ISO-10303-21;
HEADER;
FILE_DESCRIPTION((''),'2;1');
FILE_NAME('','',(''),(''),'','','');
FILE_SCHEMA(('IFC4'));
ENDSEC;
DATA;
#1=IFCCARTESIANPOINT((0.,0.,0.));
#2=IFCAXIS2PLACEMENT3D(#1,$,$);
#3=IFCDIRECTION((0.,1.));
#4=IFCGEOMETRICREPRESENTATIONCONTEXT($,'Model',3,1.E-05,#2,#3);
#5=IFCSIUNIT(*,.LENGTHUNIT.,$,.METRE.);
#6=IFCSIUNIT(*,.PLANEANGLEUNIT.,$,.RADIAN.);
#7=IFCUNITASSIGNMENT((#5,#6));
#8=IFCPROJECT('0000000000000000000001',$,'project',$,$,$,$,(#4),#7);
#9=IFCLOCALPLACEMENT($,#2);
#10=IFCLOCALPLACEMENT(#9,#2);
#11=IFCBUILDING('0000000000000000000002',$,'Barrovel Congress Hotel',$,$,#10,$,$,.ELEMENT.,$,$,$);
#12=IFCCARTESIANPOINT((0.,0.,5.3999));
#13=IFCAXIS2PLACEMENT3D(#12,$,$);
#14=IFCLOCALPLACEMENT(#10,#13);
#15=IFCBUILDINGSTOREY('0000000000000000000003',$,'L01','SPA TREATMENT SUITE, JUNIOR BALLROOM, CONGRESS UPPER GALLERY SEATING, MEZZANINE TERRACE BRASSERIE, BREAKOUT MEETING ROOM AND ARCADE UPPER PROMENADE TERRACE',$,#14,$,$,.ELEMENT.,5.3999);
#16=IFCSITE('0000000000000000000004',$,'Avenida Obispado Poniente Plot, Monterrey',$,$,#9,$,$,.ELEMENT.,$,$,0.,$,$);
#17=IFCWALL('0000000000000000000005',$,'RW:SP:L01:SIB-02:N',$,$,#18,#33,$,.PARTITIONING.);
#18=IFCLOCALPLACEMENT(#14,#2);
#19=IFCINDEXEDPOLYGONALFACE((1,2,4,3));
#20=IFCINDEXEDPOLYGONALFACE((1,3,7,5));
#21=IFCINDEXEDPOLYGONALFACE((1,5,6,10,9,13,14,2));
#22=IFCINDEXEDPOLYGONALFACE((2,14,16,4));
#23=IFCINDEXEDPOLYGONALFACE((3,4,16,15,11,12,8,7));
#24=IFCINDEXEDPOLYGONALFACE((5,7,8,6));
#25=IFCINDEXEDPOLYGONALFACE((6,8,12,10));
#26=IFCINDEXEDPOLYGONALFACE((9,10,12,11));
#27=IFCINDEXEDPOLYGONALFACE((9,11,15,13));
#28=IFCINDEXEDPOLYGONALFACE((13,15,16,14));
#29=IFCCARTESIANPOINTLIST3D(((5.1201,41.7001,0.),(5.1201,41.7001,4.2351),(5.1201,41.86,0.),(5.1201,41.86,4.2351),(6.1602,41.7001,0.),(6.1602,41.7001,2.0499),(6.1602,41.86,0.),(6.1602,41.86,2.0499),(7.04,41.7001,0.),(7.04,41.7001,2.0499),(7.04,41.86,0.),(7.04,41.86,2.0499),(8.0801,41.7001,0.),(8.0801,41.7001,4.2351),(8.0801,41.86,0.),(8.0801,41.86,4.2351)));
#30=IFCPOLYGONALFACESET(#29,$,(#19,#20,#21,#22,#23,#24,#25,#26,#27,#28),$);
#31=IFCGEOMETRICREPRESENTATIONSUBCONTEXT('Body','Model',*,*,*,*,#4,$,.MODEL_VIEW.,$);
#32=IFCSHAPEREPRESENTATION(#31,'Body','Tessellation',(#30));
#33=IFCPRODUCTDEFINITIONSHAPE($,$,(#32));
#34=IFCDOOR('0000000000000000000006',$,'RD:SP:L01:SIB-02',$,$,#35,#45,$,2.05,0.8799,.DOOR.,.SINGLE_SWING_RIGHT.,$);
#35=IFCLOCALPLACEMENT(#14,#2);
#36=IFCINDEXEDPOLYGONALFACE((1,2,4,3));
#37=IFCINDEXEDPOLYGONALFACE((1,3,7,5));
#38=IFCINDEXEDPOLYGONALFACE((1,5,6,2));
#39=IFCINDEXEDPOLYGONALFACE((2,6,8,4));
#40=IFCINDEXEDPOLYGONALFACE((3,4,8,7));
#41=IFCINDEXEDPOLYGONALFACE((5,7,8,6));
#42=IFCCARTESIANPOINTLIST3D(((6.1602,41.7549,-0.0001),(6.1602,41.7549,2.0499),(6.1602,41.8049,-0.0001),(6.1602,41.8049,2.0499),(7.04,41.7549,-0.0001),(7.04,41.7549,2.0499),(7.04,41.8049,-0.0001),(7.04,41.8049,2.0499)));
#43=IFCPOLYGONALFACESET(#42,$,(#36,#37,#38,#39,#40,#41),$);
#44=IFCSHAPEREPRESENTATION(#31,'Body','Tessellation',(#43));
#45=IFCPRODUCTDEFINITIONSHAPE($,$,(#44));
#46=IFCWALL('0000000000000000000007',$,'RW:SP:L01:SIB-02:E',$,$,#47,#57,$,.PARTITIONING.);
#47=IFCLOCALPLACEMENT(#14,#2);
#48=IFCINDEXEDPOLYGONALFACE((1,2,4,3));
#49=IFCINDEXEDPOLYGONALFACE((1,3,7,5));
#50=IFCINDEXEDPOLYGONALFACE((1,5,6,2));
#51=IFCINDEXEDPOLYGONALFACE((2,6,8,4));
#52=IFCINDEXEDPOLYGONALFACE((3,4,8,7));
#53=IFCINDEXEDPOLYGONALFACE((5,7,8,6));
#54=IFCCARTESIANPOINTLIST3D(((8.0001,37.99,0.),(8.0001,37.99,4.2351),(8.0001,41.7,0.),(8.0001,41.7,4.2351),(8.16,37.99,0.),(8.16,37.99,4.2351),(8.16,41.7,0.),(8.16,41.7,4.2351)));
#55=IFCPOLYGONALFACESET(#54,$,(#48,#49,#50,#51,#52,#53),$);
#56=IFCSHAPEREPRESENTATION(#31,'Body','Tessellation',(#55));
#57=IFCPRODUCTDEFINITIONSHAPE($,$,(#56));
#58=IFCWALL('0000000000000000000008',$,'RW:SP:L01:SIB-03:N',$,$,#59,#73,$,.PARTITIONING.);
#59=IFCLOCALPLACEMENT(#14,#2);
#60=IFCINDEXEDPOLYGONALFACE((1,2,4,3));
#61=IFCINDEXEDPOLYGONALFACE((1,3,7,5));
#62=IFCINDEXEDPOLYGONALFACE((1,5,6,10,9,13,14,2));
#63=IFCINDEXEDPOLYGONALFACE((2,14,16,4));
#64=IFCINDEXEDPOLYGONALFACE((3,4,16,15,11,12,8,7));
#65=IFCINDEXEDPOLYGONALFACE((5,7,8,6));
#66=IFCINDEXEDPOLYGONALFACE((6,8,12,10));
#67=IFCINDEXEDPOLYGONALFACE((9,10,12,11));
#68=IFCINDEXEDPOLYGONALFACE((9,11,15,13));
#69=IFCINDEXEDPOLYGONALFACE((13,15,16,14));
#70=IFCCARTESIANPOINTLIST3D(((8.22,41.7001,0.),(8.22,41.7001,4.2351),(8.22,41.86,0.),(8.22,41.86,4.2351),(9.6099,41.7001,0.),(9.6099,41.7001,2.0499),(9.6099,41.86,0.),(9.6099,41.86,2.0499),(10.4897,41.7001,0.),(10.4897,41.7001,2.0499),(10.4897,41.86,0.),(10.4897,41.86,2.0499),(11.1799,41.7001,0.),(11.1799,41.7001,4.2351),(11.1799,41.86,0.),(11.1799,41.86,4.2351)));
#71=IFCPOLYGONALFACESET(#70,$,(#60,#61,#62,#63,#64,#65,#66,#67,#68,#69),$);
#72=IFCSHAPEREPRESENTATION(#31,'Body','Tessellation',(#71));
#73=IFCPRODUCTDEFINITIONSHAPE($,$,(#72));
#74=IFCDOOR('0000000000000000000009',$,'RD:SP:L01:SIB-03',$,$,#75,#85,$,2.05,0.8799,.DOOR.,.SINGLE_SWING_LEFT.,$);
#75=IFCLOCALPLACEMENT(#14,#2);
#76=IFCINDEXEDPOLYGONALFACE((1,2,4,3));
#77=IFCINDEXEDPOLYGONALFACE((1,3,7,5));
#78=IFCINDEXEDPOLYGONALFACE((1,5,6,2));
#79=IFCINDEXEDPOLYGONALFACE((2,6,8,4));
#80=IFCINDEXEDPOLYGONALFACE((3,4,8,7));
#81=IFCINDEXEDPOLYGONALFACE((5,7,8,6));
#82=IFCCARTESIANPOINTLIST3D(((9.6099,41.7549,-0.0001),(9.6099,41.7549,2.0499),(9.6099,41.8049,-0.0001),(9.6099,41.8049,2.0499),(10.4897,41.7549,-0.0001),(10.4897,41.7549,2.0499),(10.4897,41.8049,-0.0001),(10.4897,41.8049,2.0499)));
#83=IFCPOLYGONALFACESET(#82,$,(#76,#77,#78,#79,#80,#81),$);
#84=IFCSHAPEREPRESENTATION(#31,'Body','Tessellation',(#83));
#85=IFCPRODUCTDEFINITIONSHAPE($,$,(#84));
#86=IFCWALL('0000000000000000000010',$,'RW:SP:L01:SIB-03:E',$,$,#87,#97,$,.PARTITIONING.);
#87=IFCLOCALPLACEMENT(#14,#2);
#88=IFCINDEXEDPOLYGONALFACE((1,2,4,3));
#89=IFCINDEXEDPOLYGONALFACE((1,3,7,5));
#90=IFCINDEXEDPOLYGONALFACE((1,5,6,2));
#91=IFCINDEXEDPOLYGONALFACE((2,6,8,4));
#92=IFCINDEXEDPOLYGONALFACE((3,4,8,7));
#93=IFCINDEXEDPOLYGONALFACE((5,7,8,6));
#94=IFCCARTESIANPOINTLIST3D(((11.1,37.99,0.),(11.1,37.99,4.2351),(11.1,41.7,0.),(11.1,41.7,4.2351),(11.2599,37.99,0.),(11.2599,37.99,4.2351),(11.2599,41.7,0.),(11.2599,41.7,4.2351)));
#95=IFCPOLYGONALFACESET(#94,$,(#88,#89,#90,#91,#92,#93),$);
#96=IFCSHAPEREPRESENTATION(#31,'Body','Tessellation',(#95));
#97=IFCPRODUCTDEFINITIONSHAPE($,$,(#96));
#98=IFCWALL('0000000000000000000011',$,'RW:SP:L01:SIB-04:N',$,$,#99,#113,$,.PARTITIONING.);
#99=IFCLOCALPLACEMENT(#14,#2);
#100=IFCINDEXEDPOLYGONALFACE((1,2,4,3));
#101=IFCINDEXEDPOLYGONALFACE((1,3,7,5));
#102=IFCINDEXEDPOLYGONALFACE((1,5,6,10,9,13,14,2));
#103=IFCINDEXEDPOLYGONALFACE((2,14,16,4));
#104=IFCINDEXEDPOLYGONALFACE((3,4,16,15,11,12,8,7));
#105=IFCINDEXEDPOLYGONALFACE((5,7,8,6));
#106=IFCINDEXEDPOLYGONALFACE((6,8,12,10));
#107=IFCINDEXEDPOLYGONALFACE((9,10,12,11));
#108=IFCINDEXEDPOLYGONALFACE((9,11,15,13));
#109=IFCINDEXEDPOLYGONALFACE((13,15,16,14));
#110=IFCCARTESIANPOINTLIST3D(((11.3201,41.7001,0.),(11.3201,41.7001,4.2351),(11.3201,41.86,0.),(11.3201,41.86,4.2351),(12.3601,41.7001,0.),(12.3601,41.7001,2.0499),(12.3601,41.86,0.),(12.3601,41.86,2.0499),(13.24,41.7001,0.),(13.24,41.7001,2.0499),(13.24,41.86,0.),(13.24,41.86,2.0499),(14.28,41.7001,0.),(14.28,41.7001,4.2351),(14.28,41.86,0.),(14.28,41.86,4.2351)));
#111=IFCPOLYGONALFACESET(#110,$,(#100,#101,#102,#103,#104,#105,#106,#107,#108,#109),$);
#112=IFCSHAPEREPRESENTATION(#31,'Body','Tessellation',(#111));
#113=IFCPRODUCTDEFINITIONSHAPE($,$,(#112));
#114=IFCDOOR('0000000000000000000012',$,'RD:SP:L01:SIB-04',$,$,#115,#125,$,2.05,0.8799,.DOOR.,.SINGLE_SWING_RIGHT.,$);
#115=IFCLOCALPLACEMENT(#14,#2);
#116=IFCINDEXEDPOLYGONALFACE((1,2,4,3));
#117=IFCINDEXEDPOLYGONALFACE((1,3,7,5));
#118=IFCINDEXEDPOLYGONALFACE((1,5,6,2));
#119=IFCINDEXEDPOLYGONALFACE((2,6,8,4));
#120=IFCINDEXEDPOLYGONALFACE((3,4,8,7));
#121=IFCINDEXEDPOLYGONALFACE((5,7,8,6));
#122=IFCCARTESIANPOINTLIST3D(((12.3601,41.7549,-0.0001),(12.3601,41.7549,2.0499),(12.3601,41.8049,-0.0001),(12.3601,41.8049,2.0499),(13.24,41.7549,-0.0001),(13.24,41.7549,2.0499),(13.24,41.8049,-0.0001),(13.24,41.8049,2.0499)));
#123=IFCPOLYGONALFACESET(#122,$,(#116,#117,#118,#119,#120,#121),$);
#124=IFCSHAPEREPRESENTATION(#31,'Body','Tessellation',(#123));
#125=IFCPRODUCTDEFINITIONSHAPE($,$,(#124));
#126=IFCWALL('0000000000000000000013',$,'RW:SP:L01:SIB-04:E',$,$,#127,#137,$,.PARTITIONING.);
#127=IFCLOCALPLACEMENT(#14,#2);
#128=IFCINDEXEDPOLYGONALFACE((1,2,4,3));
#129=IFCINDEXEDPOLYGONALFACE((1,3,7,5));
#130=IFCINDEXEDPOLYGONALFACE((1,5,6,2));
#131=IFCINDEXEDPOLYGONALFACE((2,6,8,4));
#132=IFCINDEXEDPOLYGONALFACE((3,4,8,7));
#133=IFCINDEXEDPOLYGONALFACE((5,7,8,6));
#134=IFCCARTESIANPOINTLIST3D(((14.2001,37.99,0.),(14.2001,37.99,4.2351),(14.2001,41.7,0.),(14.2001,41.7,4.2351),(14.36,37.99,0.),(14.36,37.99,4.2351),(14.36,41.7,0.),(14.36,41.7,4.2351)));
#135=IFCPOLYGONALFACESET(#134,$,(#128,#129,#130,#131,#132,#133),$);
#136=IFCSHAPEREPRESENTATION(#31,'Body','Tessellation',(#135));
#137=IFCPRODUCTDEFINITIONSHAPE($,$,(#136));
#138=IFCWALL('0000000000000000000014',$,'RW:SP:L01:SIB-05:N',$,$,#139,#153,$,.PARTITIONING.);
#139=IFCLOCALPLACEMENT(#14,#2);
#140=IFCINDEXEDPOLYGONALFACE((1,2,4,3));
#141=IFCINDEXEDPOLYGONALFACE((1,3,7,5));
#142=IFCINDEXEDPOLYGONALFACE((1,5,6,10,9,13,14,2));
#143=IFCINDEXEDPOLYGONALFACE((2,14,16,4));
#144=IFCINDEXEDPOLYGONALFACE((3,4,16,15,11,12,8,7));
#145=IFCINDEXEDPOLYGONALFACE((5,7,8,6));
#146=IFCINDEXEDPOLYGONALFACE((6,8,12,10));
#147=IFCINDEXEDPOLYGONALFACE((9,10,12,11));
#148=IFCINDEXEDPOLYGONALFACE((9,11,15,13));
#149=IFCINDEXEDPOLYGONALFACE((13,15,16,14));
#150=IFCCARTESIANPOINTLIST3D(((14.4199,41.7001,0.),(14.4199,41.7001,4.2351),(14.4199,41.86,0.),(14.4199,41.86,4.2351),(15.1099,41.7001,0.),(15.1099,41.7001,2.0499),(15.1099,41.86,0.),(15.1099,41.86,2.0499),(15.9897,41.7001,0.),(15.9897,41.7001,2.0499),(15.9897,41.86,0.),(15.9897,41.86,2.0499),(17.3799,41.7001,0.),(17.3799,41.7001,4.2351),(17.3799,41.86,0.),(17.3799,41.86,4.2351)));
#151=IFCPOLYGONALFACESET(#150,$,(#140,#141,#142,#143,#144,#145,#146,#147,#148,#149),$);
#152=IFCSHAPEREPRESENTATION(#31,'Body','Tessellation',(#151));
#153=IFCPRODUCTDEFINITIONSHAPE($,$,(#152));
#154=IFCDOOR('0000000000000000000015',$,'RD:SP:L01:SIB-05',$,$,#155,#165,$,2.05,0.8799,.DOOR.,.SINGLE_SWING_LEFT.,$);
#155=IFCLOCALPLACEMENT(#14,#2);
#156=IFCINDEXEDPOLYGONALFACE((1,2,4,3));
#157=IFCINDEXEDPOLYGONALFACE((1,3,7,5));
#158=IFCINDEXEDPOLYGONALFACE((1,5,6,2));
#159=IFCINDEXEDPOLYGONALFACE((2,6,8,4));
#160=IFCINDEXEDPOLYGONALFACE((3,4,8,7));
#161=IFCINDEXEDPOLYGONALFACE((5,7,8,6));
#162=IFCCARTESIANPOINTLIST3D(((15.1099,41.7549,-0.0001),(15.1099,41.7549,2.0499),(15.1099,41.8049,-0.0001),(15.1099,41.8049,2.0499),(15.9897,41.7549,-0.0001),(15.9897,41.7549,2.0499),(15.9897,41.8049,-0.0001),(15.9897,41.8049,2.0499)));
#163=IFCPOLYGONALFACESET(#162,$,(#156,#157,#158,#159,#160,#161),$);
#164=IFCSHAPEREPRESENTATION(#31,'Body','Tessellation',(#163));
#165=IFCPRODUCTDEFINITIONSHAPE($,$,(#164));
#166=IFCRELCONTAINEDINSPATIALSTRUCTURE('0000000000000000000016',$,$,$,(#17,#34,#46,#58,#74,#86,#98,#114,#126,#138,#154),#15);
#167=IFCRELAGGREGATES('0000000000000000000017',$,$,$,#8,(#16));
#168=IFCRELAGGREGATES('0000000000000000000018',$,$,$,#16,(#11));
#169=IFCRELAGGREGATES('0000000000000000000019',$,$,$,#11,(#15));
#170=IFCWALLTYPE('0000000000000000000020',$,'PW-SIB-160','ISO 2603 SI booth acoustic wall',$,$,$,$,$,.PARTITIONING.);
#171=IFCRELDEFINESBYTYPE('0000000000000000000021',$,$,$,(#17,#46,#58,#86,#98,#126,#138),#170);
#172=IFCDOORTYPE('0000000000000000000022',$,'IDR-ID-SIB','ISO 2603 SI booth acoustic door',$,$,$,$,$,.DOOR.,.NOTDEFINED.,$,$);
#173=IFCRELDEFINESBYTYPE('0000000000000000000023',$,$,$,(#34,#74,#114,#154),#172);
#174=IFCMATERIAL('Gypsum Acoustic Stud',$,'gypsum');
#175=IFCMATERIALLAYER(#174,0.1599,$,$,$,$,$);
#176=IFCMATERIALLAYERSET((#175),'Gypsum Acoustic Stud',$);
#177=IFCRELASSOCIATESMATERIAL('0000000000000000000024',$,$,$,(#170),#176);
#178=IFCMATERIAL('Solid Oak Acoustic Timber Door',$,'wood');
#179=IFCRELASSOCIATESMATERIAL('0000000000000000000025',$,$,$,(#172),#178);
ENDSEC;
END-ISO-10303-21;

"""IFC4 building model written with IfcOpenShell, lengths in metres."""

from ifc_helpers import new_model, si_unit, direction, frame, frame_2d, origin, place, context, subcontext, project, spatial, rectangle, extrude, material, layer, layer_set, type_object, element, fill, save


model = new_model("IFC4")

# Units and contexts
model_context = context("Model", 3, precision=1e-05, world=origin(), true_north=direction((0.0, 1.0)))
body_context = subcontext(model_context, "Body", "Model", "MODEL_VIEW")
ifc_project = project(units=[si_unit("LENGTHUNIT", "METRE"), si_unit("PLANEANGLEUNIT", "RADIAN")], contexts=[model_context])

# Site, building, storey
site_placement = place(None, origin())
site = spatial("IfcSite", under=ifc_project, at=site_placement, Name="Avenida Obispado Poniente Plot, Monterrey", CompositionType="ELEMENT", RefElevation=0.0)
building_placement = place(site_placement, origin())
building = spatial("IfcBuilding", under=site, at=building_placement, Name="Barrovel Congress Hotel", CompositionType="ELEMENT")
storey_placement = place(building_placement, frame((0.0, 0.0, 5.3999)))
storey = spatial("IfcBuildingStorey", under=building, at=storey_placement, Name="L01", Description="SPA TREATMENT SUITE, JUNIOR BALLROOM, CONGRESS UPPER GALLERY SEATING, MEZZANINE TERRACE BRASSERIE, BREAKOUT MEETING ROOM AND ARCADE UPPER PROMENADE TERRACE", CompositionType="ELEMENT", Elevation=5.3999)

# Shared definitions
ifc_material_1 = material(Name="Gypsum Acoustic Stud", Category="gypsum")
ifc_layer_1 = layer(ifc_material_1, 0.1599)
ifc_layer_set_1 = layer_set([ifc_layer_1], Name="Gypsum Acoustic Stud")
wall_type_1 = type_object("IfcWallType", Name="PW-SIB-160", Description="ISO 2603 SI booth acoustic wall", PredefinedType="PARTITIONING", material=ifc_layer_set_1)
ifc_material_2 = material(Name="Solid Oak Acoustic Timber Door", Category="wood")
door_type = type_object("IfcDoorType", Name="IDR-ID-SIB", Description="ISO 2603 SI booth acoustic door", OperationType="NOTDEFINED", PredefinedType="DOOR", material=ifc_material_2)

# Wall, opening, door
wall_1_placement = place(storey_placement, frame((5.1201, 41.78, 0.0), z_axis=(0.0, 0.0, 1.0), x_axis=(1.0, 0.0, 0.0)))
wall_1 = element("IfcWall", 1, at=wall_1_placement, inside=storey, type_object=wall_type_1, Name="RW:SP:L01:SIB-02:N", PredefinedType="PARTITIONING", context=body_context, shape_type="SweptSolid", body=[
    extrude(rectangle(XDim=2.96, YDim=0.1599, at=frame_2d((1.48, 0.0))), origin(), (0.0, 0.0, 1.0), 4.2351),
])
opening_1_placement = place(wall_1_placement, frame((1.04, 0.0, 0.0)))
opening_1 = element("IfcOpeningElement", 2, at=opening_1_placement, cuts=wall_1, PredefinedType="OPENING", context=body_context, shape_type="SweptSolid", body=[
    extrude(rectangle(XDim=0.8799, YDim=2.05, at=frame_2d((0.4399, 1.0249))), frame((0.0, 0.0898, 0.0), z_axis=(0.0, -1.0, 0.0), x_axis=(1.0, 0.0, 0.0)), (0.0, 0.0, 1.0), 0.1799),
])
door_1_placement = place(opening_1_placement, origin())
door_1 = element("IfcDoor", 3, at=door_1_placement, inside=storey, type_object=door_type, Name="RD:SP:L01:SIB-02", OperationType="SINGLE_SWING_RIGHT", OverallHeight=2.05, OverallWidth=0.8799, PredefinedType="DOOR", context=body_context, shape_type="SweptSolid", body=[
    extrude(rectangle(XDim=0.8799, YDim=2.05, at=frame_2d((0.4399, 1.0249))), frame((0.0, 0.0249, 0.0), z_axis=(0.0, -1.0, 0.0), x_axis=(1.0, 0.0, 0.0)), (0.0, 0.0, 1.0), 0.05),
])
fill(opening_1, door_1)

# Wall
wall_2_placement = place(storey_placement, frame((8.0801, 37.99, 0.0), z_axis=(0.0, 0.0, 1.0), x_axis=(0.0, 1.0, 0.0)))
element("IfcWall", 4, at=wall_2_placement, inside=storey, type_object=wall_type_1, Name="RW:SP:L01:SIB-02:E", PredefinedType="PARTITIONING", context=body_context, shape_type="SweptSolid", body=[
    extrude(rectangle(XDim=3.71, YDim=0.1599, at=frame_2d((1.855, 0.0))), origin(), (0.0, 0.0, 1.0), 4.2351),
])

# Wall, opening, door
wall_3_placement = place(storey_placement, frame((8.22, 41.78, 0.0), z_axis=(0.0, 0.0, 1.0), x_axis=(1.0, 0.0, 0.0)))
wall_3 = element("IfcWall", 5, at=wall_3_placement, inside=storey, type_object=wall_type_1, Name="RW:SP:L01:SIB-03:N", PredefinedType="PARTITIONING", context=body_context, shape_type="SweptSolid", body=[
    extrude(rectangle(XDim=2.96, YDim=0.1599, at=frame_2d((1.48, 0.0))), origin(), (0.0, 0.0, 1.0), 4.2351),
])
opening_2_placement = place(wall_3_placement, frame((1.3899, 0.0, 0.0)))
opening_2 = element("IfcOpeningElement", 6, at=opening_2_placement, cuts=wall_3, PredefinedType="OPENING", context=body_context, shape_type="SweptSolid", body=[
    extrude(rectangle(XDim=0.8799, YDim=2.05, at=frame_2d((0.4399, 1.0249))), frame((0.0, 0.0898, 0.0), z_axis=(0.0, -1.0, 0.0), x_axis=(1.0, 0.0, 0.0)), (0.0, 0.0, 1.0), 0.1799),
])
door_2_placement = place(opening_2_placement, origin())
door_2 = element("IfcDoor", 7, at=door_2_placement, inside=storey, type_object=door_type, Name="RD:SP:L01:SIB-03", OperationType="SINGLE_SWING_LEFT", OverallHeight=2.05, OverallWidth=0.8799, PredefinedType="DOOR", context=body_context, shape_type="SweptSolid", body=[
    extrude(rectangle(XDim=0.8799, YDim=2.05, at=frame_2d((0.4399, 1.0249))), frame((0.0, 0.0249, 0.0), z_axis=(0.0, -1.0, 0.0), x_axis=(1.0, 0.0, 0.0)), (0.0, 0.0, 1.0), 0.05),
])
fill(opening_2, door_2)

# Wall
wall_4_placement = place(storey_placement, frame((11.1799, 37.99, 0.0), z_axis=(0.0, 0.0, 1.0), x_axis=(0.0, 1.0, 0.0)))
element("IfcWall", 8, at=wall_4_placement, inside=storey, type_object=wall_type_1, Name="RW:SP:L01:SIB-03:E", PredefinedType="PARTITIONING", context=body_context, shape_type="SweptSolid", body=[
    extrude(rectangle(XDim=3.71, YDim=0.1599, at=frame_2d((1.855, 0.0))), origin(), (0.0, 0.0, 1.0), 4.2351),
])

# Wall, opening, door
wall_5_placement = place(storey_placement, frame((11.3201, 41.78, 0.0), z_axis=(0.0, 0.0, 1.0), x_axis=(1.0, 0.0, 0.0)))
wall_5 = element("IfcWall", 9, at=wall_5_placement, inside=storey, type_object=wall_type_1, Name="RW:SP:L01:SIB-04:N", PredefinedType="PARTITIONING", context=body_context, shape_type="SweptSolid", body=[
    extrude(rectangle(XDim=2.96, YDim=0.1599, at=frame_2d((1.48, 0.0))), origin(), (0.0, 0.0, 1.0), 4.2351),
])
opening_3_placement = place(wall_5_placement, frame((1.04, 0.0, 0.0)))
opening_3 = element("IfcOpeningElement", 10, at=opening_3_placement, cuts=wall_5, PredefinedType="OPENING", context=body_context, shape_type="SweptSolid", body=[
    extrude(rectangle(XDim=0.8799, YDim=2.05, at=frame_2d((0.4399, 1.0249))), frame((0.0, 0.0898, 0.0), z_axis=(0.0, -1.0, 0.0), x_axis=(1.0, 0.0, 0.0)), (0.0, 0.0, 1.0), 0.1799),
])
door_3_placement = place(opening_3_placement, origin())
door_3 = element("IfcDoor", 11, at=door_3_placement, inside=storey, type_object=door_type, Name="RD:SP:L01:SIB-04", OperationType="SINGLE_SWING_RIGHT", OverallHeight=2.05, OverallWidth=0.8799, PredefinedType="DOOR", context=body_context, shape_type="SweptSolid", body=[
    extrude(rectangle(XDim=0.8799, YDim=2.05, at=frame_2d((0.4399, 1.0249))), frame((0.0, 0.0249, 0.0), z_axis=(0.0, -1.0, 0.0), x_axis=(1.0, 0.0, 0.0)), (0.0, 0.0, 1.0), 0.05),
])
fill(opening_3, door_3)

# Wall
wall_6_placement = place(storey_placement, frame((14.28, 37.99, 0.0), z_axis=(0.0, 0.0, 1.0), x_axis=(0.0, 1.0, 0.0)))
element("IfcWall", 12, at=wall_6_placement, inside=storey, type_object=wall_type_1, Name="RW:SP:L01:SIB-04:E", PredefinedType="PARTITIONING", context=body_context, shape_type="SweptSolid", body=[
    extrude(rectangle(XDim=3.71, YDim=0.1599, at=frame_2d((1.855, 0.0))), origin(), (0.0, 0.0, 1.0), 4.2351),
])

# Wall, opening, door
wall_7_placement = place(storey_placement, frame((14.4199, 41.78, 0.0), z_axis=(0.0, 0.0, 1.0), x_axis=(1.0, 0.0, 0.0)))
wall_7 = element("IfcWall", 13, at=wall_7_placement, inside=storey, type_object=wall_type_1, Name="RW:SP:L01:SIB-05:N", PredefinedType="PARTITIONING", context=body_context, shape_type="SweptSolid", body=[
    extrude(rectangle(XDim=2.96, YDim=0.1599, at=frame_2d((1.48, 0.0))), origin(), (0.0, 0.0, 1.0), 4.2351),
])
opening_4_placement = place(wall_7_placement, frame((0.6899, 0.0, 0.0)))
opening_4 = element("IfcOpeningElement", 14, at=opening_4_placement, cuts=wall_7, PredefinedType="OPENING", context=body_context, shape_type="SweptSolid", body=[
    extrude(rectangle(XDim=0.8799, YDim=2.05, at=frame_2d((0.4399, 1.0249))), frame((0.0, 0.0898, 0.0), z_axis=(0.0, -1.0, 0.0), x_axis=(1.0, 0.0, 0.0)), (0.0, 0.0, 1.0), 0.1799),
])
door_4_placement = place(opening_4_placement, origin())
door_4 = element("IfcDoor", 15, at=door_4_placement, inside=storey, type_object=door_type, Name="RD:SP:L01:SIB-05", OperationType="SINGLE_SWING_LEFT", OverallHeight=2.05, OverallWidth=0.8799, PredefinedType="DOOR", context=body_context, shape_type="SweptSolid", body=[
    extrude(rectangle(XDim=0.8799, YDim=2.05, at=frame_2d((0.4399, 1.0249))), frame((0.0, 0.0249, 0.0), z_axis=(0.0, -1.0, 0.0), x_axis=(1.0, 0.0, 0.0)), (0.0, 0.0, 1.0), 0.05),
])
fill(opening_4, door_4)

save(model, "model.ifc")
